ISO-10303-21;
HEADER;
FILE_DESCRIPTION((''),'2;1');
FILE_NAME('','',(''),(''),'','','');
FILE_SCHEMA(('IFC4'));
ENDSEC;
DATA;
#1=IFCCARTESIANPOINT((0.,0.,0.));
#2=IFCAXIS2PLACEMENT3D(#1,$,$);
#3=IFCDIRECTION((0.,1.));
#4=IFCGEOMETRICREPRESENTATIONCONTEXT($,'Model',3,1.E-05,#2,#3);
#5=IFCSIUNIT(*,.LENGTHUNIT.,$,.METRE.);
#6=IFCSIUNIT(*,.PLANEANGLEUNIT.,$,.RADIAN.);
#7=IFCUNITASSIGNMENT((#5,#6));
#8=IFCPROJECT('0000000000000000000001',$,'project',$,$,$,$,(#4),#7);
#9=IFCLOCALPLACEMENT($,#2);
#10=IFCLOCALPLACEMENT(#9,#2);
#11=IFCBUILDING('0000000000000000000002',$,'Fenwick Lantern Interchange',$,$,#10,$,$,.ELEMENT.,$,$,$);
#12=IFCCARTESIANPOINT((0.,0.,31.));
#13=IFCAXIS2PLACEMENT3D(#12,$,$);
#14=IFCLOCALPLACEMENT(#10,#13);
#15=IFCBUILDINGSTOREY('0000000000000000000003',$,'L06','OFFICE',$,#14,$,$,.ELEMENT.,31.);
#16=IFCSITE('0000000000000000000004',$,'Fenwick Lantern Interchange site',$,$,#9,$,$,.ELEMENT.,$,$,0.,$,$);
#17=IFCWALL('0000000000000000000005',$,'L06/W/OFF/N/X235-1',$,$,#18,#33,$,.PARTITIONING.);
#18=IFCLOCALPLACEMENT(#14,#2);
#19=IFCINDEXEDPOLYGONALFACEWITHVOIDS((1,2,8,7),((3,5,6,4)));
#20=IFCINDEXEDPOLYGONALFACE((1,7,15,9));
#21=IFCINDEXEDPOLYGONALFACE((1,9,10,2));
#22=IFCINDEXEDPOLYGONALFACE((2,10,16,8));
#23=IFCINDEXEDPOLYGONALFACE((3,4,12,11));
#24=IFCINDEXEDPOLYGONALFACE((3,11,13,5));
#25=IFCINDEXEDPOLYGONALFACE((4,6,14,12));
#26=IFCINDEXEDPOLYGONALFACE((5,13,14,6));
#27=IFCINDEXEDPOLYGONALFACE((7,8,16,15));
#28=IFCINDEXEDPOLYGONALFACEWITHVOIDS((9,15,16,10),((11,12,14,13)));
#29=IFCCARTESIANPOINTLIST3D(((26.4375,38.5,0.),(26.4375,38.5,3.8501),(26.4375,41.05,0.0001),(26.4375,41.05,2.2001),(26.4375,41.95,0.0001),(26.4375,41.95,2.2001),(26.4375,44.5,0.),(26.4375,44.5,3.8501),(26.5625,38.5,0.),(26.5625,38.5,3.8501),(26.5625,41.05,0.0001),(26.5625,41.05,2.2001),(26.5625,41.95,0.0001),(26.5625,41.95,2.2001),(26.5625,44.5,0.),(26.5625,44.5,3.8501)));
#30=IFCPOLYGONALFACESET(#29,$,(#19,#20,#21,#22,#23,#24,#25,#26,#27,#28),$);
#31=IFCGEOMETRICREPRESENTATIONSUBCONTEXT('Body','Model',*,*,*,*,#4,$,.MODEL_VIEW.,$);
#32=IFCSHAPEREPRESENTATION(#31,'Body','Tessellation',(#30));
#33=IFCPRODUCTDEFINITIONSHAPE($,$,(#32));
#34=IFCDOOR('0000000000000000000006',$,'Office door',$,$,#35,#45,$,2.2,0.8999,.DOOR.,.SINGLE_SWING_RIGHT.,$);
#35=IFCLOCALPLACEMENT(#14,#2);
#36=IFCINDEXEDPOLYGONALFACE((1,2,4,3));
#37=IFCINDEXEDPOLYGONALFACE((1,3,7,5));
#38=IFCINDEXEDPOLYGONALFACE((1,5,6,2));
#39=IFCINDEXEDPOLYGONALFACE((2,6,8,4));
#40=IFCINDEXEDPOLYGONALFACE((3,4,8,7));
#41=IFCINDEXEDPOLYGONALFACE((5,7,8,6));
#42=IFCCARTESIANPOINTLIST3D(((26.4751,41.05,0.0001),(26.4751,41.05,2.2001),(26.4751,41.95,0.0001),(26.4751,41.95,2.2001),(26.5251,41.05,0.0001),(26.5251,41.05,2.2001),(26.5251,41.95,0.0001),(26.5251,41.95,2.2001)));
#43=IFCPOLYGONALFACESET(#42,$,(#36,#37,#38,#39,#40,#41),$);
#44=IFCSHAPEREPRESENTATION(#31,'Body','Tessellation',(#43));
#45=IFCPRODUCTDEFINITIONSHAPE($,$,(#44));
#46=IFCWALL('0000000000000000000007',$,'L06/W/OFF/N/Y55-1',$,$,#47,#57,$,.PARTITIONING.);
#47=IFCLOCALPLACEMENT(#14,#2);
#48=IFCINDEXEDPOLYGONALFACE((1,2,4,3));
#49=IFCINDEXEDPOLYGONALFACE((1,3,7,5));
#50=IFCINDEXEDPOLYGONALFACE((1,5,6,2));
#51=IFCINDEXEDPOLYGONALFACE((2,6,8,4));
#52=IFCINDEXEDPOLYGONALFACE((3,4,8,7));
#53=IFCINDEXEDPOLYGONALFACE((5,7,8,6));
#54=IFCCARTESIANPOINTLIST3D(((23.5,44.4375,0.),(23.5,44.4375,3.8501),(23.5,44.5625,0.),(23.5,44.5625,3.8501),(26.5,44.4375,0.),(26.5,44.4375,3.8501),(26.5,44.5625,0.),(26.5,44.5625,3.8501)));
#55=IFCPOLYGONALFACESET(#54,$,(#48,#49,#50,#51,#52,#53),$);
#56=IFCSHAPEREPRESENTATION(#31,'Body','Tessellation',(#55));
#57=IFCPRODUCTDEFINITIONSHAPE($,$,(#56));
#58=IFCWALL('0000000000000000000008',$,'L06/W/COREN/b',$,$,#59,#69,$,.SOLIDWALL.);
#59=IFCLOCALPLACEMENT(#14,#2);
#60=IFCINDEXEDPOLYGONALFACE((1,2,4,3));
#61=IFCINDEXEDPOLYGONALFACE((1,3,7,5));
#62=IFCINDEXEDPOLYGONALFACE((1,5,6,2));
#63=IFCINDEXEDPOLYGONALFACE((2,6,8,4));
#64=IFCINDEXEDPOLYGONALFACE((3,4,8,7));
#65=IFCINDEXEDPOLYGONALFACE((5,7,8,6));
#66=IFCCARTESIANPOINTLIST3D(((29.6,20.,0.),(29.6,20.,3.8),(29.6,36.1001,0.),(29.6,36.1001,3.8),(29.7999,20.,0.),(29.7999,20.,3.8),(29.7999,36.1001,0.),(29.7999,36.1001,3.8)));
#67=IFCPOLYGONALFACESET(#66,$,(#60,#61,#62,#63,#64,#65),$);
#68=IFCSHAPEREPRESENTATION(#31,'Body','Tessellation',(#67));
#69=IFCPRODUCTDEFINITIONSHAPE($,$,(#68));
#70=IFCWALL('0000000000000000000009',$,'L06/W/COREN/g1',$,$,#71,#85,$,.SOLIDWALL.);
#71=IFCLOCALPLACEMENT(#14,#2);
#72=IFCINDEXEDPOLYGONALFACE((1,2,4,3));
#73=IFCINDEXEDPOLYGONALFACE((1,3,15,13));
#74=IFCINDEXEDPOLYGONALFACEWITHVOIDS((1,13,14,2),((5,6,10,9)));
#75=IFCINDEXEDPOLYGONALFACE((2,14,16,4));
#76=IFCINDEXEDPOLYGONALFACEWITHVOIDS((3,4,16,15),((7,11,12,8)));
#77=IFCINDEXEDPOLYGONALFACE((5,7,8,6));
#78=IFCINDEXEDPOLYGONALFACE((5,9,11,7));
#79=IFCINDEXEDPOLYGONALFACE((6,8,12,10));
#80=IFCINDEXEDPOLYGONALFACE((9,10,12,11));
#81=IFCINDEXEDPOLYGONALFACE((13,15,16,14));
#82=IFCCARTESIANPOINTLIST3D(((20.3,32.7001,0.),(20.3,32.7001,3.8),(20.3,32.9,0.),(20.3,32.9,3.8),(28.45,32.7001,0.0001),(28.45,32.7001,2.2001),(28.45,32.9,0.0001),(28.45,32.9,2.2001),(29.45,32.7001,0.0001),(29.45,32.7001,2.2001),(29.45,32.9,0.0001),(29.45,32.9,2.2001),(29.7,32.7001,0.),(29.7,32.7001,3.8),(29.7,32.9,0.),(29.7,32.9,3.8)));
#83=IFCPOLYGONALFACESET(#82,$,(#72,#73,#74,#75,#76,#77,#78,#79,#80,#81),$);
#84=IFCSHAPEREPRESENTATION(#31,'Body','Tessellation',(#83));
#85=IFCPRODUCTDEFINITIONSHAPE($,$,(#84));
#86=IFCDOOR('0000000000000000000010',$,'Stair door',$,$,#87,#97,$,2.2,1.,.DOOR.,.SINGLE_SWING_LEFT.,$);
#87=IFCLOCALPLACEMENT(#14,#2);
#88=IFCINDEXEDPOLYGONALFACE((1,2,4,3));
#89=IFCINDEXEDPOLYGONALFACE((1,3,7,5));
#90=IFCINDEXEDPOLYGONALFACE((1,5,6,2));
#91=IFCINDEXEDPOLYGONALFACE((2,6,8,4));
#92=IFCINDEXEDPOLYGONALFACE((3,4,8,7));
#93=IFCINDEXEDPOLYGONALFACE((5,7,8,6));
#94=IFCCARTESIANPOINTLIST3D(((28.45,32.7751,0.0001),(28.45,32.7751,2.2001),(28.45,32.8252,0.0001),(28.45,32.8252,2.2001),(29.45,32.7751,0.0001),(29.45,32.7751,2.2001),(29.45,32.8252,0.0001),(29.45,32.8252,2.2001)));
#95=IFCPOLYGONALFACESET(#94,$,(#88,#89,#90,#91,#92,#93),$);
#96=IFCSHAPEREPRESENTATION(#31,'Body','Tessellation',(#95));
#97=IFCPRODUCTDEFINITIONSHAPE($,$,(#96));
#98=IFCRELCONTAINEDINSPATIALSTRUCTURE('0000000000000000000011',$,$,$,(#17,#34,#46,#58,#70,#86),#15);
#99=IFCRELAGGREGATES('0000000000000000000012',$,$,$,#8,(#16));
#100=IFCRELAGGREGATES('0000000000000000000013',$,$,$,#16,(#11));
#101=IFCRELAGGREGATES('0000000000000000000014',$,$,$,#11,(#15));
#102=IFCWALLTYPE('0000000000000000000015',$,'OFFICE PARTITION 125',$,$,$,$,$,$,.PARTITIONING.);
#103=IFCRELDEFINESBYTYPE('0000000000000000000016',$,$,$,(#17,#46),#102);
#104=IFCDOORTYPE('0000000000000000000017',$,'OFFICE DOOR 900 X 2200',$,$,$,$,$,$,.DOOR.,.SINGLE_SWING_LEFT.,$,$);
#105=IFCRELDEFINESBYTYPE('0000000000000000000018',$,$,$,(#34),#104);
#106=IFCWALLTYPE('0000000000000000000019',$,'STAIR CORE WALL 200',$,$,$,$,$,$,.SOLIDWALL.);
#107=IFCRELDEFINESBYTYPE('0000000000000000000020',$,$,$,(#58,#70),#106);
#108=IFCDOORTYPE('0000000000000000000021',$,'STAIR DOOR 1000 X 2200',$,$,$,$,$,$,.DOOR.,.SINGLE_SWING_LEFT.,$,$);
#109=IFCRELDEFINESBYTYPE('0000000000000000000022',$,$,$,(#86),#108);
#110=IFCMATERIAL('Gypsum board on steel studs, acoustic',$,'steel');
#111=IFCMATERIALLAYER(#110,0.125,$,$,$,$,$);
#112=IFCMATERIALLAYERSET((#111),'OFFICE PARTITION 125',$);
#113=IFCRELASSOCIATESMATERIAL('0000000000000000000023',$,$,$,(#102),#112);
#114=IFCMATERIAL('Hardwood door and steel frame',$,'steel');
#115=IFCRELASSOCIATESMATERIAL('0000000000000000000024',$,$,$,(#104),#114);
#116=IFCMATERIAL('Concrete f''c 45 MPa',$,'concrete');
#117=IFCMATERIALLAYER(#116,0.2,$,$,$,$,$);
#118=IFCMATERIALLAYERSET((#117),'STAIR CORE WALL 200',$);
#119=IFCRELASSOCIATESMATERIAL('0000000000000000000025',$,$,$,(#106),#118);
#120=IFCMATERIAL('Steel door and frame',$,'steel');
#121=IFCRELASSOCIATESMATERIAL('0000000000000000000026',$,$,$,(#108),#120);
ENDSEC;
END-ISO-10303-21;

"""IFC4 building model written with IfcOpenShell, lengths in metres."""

from ifc_helpers import new_model, si_unit, direction, frame, frame_2d, origin, place, context, subcontext, project, spatial, rectangle, extrude, material, layer, layer_set, type_object, element, fill, save


model = new_model("IFC4")

# Units and contexts
model_context = context("Model", 3, precision=1e-05, world=origin(), true_north=direction((0.0, 1.0)))
body_context = subcontext(model_context, "Body", "Model", "MODEL_VIEW")
ifc_project = project(units=[si_unit("LENGTHUNIT", "METRE"), si_unit("PLANEANGLEUNIT", "RADIAN")], contexts=[model_context])

# Site, building, storey
site_placement = place(None, origin())
site = spatial("IfcSite", under=ifc_project, at=site_placement, Name="Fenwick Lantern Interchange site", CompositionType="ELEMENT", RefElevation=0.0)
building_placement = place(site_placement, origin())
building = spatial("IfcBuilding", under=site, at=building_placement, Name="Fenwick Lantern Interchange", CompositionType="ELEMENT")
storey_placement = place(building_placement, frame((0.0, 0.0, 31.0)))
storey = spatial("IfcBuildingStorey", under=building, at=storey_placement, Name="L06", Description="OFFICE", CompositionType="ELEMENT", Elevation=31.0)

# Shared definitions
ifc_material_1 = material(Name="Steel door and frame", Category="steel")

# Shared definitions
ifc_material_2 = material(Name="Hardwood door and steel frame", Category="steel")

# Wall, opening, door
ifc_material_3 = material(Name="Gypsum board on steel studs, acoustic", Category="steel")
ifc_layer_1 = layer(ifc_material_3, 0.125)
ifc_layer_set_1 = layer_set([ifc_layer_1], Name="OFFICE PARTITION 125")
wall_type_1 = type_object("IfcWallType", Name="OFFICE PARTITION 125", PredefinedType="PARTITIONING", material=ifc_layer_set_1)
wall_1_placement = place(storey_placement, frame((26.5, 44.5, 0.0), z_axis=(0.0, 0.0, 1.0), x_axis=(0.0, -1.0, 0.0)))
wall_1 = element("IfcWall", 1, at=wall_1_placement, inside=storey, type_object=wall_type_1, Name="L06/W/OFF/N/X235-1", PredefinedType="PARTITIONING", context=body_context, shape_type="SweptSolid", body=[
    extrude(rectangle(XDim=6.0, YDim=0.125, at=frame_2d((3.0, 0.0))), origin(), (0.0, 0.0, 1.0), 3.8501),
])
opening_1_placement = place(wall_1_placement, frame((2.55, 0.0, 0.0)))
opening_1 = element("IfcOpeningElement", 2, at=opening_1_placement, cuts=wall_1, PredefinedType="OPENING", context=body_context, shape_type="SweptSolid", body=[
    extrude(rectangle(XDim=0.8999, YDim=2.2, at=frame_2d((0.45, 1.1001))), frame((0.0, 0.0725, 0.0), z_axis=(0.0, -1.0, 0.0), x_axis=(1.0, 0.0, 0.0)), (0.0, 0.0, 1.0), 0.145),
])
door_type_1 = type_object("IfcDoorType", Name="OFFICE DOOR 900 X 2200", OperationType="SINGLE_SWING_LEFT", PredefinedType="DOOR", material=ifc_material_2)
door_1_placement = place(opening_1_placement, frame((0.8999, 0.0, 0.0), z_axis=(0.0, 0.0, 1.0), x_axis=(-1.0, 0.0, 0.0)))
door_1 = element("IfcDoor", 3, at=door_1_placement, inside=storey, type_object=door_type_1, Name="Office door", OperationType="SINGLE_SWING_RIGHT", OverallHeight=2.2, OverallWidth=0.8999, PredefinedType="DOOR", context=body_context, shape_type="SweptSolid", body=[
    extrude(rectangle(XDim=0.8999, YDim=2.2, at=frame_2d((0.45, 1.1001))), frame((0.0, 0.0249, 0.0), z_axis=(0.0, -1.0, 0.0), x_axis=(1.0, 0.0, 0.0)), (0.0, 0.0, 1.0), 0.05),
])
fill(opening_1, door_1)

# Walls
wall_2_placement = place(storey_placement, frame((26.5, 44.5, 0.0), z_axis=(0.0, 0.0, 1.0), x_axis=(-1.0, 0.0, 0.0)))
element("IfcWall", 4, at=wall_2_placement, inside=storey, type_object=wall_type_1, Name="L06/W/OFF/N/Y55-1", PredefinedType="PARTITIONING", context=body_context, shape_type="SweptSolid", body=[
    extrude(rectangle(XDim=3.0, YDim=0.125, at=frame_2d((1.5, 0.0))), origin(), (0.0, 0.0, 1.0), 3.8501),
])
ifc_material_4 = material(Name="Concrete f'c 45 MPa", Category="concrete")
ifc_layer_2 = layer(ifc_material_4, 0.2)
ifc_layer_set_2 = layer_set([ifc_layer_2], Name="STAIR CORE WALL 200")
wall_type_2 = type_object("IfcWallType", Name="STAIR CORE WALL 200", PredefinedType="SOLIDWALL", material=ifc_layer_set_2)
wall_3_placement = place(storey_placement, frame((29.7, 36.1001, 0.0), z_axis=(0.0, 0.0, 1.0), x_axis=(0.0, -1.0, 0.0)))
element("IfcWall", 5, at=wall_3_placement, inside=storey, type_object=wall_type_2, Name="L06/W/COREN/b", PredefinedType="SOLIDWALL", context=body_context, shape_type="SweptSolid", body=[
    extrude(rectangle(XDim=16.1001, YDim=0.2, at=frame_2d((8.05, 0.0))), origin(), (0.0, 0.0, 1.0), 3.8),
])

# Wall, opening, door
wall_4_placement = place(storey_placement, frame((29.7, 32.8, 0.0), z_axis=(0.0, 0.0, 1.0), x_axis=(-1.0, 0.0, 0.0)))
wall_4 = element("IfcWall", 6, at=wall_4_placement, inside=storey, type_object=wall_type_2, Name="L06/W/COREN/g1", PredefinedType="SOLIDWALL", context=body_context, shape_type="SweptSolid", body=[
    extrude(rectangle(XDim=9.3999, YDim=0.2, at=frame_2d((4.7, 0.0))), origin(), (0.0, 0.0, 1.0), 3.8),
])
opening_2_placement = place(wall_4_placement, frame((0.25, 0.0, 0.0)))
opening_2 = element("IfcOpeningElement", 7, at=opening_2_placement, cuts=wall_4, PredefinedType="OPENING", context=body_context, shape_type="SweptSolid", body=[
    extrude(rectangle(XDim=1.0, YDim=2.2, at=frame_2d((0.5, 1.1001))), frame((0.0, 0.1099, 0.0), z_axis=(0.0, -1.0, 0.0), x_axis=(1.0, 0.0, 0.0)), (0.0, 0.0, 1.0), 0.22),
])
door_type_2 = type_object("IfcDoorType", Name="STAIR DOOR 1000 X 2200", OperationType="SINGLE_SWING_LEFT", PredefinedType="DOOR", material=ifc_material_1)
door_2_placement = place(opening_2_placement, origin())
door_2 = element("IfcDoor", 8, at=door_2_placement, inside=storey, type_object=door_type_2, Name="Stair door", OperationType="SINGLE_SWING_LEFT", OverallHeight=2.2, OverallWidth=1.0, PredefinedType="DOOR", context=body_context, shape_type="SweptSolid", body=[
    extrude(rectangle(XDim=1.0, YDim=2.2, at=frame_2d((0.5, 1.1001))), frame((0.0, 0.0249, 0.0), z_axis=(0.0, -1.0, 0.0), x_axis=(1.0, 0.0, 0.0)), (0.0, 0.0, 1.0), 0.05),
])
fill(opening_2, door_2)

save(model, "model.ifc")
